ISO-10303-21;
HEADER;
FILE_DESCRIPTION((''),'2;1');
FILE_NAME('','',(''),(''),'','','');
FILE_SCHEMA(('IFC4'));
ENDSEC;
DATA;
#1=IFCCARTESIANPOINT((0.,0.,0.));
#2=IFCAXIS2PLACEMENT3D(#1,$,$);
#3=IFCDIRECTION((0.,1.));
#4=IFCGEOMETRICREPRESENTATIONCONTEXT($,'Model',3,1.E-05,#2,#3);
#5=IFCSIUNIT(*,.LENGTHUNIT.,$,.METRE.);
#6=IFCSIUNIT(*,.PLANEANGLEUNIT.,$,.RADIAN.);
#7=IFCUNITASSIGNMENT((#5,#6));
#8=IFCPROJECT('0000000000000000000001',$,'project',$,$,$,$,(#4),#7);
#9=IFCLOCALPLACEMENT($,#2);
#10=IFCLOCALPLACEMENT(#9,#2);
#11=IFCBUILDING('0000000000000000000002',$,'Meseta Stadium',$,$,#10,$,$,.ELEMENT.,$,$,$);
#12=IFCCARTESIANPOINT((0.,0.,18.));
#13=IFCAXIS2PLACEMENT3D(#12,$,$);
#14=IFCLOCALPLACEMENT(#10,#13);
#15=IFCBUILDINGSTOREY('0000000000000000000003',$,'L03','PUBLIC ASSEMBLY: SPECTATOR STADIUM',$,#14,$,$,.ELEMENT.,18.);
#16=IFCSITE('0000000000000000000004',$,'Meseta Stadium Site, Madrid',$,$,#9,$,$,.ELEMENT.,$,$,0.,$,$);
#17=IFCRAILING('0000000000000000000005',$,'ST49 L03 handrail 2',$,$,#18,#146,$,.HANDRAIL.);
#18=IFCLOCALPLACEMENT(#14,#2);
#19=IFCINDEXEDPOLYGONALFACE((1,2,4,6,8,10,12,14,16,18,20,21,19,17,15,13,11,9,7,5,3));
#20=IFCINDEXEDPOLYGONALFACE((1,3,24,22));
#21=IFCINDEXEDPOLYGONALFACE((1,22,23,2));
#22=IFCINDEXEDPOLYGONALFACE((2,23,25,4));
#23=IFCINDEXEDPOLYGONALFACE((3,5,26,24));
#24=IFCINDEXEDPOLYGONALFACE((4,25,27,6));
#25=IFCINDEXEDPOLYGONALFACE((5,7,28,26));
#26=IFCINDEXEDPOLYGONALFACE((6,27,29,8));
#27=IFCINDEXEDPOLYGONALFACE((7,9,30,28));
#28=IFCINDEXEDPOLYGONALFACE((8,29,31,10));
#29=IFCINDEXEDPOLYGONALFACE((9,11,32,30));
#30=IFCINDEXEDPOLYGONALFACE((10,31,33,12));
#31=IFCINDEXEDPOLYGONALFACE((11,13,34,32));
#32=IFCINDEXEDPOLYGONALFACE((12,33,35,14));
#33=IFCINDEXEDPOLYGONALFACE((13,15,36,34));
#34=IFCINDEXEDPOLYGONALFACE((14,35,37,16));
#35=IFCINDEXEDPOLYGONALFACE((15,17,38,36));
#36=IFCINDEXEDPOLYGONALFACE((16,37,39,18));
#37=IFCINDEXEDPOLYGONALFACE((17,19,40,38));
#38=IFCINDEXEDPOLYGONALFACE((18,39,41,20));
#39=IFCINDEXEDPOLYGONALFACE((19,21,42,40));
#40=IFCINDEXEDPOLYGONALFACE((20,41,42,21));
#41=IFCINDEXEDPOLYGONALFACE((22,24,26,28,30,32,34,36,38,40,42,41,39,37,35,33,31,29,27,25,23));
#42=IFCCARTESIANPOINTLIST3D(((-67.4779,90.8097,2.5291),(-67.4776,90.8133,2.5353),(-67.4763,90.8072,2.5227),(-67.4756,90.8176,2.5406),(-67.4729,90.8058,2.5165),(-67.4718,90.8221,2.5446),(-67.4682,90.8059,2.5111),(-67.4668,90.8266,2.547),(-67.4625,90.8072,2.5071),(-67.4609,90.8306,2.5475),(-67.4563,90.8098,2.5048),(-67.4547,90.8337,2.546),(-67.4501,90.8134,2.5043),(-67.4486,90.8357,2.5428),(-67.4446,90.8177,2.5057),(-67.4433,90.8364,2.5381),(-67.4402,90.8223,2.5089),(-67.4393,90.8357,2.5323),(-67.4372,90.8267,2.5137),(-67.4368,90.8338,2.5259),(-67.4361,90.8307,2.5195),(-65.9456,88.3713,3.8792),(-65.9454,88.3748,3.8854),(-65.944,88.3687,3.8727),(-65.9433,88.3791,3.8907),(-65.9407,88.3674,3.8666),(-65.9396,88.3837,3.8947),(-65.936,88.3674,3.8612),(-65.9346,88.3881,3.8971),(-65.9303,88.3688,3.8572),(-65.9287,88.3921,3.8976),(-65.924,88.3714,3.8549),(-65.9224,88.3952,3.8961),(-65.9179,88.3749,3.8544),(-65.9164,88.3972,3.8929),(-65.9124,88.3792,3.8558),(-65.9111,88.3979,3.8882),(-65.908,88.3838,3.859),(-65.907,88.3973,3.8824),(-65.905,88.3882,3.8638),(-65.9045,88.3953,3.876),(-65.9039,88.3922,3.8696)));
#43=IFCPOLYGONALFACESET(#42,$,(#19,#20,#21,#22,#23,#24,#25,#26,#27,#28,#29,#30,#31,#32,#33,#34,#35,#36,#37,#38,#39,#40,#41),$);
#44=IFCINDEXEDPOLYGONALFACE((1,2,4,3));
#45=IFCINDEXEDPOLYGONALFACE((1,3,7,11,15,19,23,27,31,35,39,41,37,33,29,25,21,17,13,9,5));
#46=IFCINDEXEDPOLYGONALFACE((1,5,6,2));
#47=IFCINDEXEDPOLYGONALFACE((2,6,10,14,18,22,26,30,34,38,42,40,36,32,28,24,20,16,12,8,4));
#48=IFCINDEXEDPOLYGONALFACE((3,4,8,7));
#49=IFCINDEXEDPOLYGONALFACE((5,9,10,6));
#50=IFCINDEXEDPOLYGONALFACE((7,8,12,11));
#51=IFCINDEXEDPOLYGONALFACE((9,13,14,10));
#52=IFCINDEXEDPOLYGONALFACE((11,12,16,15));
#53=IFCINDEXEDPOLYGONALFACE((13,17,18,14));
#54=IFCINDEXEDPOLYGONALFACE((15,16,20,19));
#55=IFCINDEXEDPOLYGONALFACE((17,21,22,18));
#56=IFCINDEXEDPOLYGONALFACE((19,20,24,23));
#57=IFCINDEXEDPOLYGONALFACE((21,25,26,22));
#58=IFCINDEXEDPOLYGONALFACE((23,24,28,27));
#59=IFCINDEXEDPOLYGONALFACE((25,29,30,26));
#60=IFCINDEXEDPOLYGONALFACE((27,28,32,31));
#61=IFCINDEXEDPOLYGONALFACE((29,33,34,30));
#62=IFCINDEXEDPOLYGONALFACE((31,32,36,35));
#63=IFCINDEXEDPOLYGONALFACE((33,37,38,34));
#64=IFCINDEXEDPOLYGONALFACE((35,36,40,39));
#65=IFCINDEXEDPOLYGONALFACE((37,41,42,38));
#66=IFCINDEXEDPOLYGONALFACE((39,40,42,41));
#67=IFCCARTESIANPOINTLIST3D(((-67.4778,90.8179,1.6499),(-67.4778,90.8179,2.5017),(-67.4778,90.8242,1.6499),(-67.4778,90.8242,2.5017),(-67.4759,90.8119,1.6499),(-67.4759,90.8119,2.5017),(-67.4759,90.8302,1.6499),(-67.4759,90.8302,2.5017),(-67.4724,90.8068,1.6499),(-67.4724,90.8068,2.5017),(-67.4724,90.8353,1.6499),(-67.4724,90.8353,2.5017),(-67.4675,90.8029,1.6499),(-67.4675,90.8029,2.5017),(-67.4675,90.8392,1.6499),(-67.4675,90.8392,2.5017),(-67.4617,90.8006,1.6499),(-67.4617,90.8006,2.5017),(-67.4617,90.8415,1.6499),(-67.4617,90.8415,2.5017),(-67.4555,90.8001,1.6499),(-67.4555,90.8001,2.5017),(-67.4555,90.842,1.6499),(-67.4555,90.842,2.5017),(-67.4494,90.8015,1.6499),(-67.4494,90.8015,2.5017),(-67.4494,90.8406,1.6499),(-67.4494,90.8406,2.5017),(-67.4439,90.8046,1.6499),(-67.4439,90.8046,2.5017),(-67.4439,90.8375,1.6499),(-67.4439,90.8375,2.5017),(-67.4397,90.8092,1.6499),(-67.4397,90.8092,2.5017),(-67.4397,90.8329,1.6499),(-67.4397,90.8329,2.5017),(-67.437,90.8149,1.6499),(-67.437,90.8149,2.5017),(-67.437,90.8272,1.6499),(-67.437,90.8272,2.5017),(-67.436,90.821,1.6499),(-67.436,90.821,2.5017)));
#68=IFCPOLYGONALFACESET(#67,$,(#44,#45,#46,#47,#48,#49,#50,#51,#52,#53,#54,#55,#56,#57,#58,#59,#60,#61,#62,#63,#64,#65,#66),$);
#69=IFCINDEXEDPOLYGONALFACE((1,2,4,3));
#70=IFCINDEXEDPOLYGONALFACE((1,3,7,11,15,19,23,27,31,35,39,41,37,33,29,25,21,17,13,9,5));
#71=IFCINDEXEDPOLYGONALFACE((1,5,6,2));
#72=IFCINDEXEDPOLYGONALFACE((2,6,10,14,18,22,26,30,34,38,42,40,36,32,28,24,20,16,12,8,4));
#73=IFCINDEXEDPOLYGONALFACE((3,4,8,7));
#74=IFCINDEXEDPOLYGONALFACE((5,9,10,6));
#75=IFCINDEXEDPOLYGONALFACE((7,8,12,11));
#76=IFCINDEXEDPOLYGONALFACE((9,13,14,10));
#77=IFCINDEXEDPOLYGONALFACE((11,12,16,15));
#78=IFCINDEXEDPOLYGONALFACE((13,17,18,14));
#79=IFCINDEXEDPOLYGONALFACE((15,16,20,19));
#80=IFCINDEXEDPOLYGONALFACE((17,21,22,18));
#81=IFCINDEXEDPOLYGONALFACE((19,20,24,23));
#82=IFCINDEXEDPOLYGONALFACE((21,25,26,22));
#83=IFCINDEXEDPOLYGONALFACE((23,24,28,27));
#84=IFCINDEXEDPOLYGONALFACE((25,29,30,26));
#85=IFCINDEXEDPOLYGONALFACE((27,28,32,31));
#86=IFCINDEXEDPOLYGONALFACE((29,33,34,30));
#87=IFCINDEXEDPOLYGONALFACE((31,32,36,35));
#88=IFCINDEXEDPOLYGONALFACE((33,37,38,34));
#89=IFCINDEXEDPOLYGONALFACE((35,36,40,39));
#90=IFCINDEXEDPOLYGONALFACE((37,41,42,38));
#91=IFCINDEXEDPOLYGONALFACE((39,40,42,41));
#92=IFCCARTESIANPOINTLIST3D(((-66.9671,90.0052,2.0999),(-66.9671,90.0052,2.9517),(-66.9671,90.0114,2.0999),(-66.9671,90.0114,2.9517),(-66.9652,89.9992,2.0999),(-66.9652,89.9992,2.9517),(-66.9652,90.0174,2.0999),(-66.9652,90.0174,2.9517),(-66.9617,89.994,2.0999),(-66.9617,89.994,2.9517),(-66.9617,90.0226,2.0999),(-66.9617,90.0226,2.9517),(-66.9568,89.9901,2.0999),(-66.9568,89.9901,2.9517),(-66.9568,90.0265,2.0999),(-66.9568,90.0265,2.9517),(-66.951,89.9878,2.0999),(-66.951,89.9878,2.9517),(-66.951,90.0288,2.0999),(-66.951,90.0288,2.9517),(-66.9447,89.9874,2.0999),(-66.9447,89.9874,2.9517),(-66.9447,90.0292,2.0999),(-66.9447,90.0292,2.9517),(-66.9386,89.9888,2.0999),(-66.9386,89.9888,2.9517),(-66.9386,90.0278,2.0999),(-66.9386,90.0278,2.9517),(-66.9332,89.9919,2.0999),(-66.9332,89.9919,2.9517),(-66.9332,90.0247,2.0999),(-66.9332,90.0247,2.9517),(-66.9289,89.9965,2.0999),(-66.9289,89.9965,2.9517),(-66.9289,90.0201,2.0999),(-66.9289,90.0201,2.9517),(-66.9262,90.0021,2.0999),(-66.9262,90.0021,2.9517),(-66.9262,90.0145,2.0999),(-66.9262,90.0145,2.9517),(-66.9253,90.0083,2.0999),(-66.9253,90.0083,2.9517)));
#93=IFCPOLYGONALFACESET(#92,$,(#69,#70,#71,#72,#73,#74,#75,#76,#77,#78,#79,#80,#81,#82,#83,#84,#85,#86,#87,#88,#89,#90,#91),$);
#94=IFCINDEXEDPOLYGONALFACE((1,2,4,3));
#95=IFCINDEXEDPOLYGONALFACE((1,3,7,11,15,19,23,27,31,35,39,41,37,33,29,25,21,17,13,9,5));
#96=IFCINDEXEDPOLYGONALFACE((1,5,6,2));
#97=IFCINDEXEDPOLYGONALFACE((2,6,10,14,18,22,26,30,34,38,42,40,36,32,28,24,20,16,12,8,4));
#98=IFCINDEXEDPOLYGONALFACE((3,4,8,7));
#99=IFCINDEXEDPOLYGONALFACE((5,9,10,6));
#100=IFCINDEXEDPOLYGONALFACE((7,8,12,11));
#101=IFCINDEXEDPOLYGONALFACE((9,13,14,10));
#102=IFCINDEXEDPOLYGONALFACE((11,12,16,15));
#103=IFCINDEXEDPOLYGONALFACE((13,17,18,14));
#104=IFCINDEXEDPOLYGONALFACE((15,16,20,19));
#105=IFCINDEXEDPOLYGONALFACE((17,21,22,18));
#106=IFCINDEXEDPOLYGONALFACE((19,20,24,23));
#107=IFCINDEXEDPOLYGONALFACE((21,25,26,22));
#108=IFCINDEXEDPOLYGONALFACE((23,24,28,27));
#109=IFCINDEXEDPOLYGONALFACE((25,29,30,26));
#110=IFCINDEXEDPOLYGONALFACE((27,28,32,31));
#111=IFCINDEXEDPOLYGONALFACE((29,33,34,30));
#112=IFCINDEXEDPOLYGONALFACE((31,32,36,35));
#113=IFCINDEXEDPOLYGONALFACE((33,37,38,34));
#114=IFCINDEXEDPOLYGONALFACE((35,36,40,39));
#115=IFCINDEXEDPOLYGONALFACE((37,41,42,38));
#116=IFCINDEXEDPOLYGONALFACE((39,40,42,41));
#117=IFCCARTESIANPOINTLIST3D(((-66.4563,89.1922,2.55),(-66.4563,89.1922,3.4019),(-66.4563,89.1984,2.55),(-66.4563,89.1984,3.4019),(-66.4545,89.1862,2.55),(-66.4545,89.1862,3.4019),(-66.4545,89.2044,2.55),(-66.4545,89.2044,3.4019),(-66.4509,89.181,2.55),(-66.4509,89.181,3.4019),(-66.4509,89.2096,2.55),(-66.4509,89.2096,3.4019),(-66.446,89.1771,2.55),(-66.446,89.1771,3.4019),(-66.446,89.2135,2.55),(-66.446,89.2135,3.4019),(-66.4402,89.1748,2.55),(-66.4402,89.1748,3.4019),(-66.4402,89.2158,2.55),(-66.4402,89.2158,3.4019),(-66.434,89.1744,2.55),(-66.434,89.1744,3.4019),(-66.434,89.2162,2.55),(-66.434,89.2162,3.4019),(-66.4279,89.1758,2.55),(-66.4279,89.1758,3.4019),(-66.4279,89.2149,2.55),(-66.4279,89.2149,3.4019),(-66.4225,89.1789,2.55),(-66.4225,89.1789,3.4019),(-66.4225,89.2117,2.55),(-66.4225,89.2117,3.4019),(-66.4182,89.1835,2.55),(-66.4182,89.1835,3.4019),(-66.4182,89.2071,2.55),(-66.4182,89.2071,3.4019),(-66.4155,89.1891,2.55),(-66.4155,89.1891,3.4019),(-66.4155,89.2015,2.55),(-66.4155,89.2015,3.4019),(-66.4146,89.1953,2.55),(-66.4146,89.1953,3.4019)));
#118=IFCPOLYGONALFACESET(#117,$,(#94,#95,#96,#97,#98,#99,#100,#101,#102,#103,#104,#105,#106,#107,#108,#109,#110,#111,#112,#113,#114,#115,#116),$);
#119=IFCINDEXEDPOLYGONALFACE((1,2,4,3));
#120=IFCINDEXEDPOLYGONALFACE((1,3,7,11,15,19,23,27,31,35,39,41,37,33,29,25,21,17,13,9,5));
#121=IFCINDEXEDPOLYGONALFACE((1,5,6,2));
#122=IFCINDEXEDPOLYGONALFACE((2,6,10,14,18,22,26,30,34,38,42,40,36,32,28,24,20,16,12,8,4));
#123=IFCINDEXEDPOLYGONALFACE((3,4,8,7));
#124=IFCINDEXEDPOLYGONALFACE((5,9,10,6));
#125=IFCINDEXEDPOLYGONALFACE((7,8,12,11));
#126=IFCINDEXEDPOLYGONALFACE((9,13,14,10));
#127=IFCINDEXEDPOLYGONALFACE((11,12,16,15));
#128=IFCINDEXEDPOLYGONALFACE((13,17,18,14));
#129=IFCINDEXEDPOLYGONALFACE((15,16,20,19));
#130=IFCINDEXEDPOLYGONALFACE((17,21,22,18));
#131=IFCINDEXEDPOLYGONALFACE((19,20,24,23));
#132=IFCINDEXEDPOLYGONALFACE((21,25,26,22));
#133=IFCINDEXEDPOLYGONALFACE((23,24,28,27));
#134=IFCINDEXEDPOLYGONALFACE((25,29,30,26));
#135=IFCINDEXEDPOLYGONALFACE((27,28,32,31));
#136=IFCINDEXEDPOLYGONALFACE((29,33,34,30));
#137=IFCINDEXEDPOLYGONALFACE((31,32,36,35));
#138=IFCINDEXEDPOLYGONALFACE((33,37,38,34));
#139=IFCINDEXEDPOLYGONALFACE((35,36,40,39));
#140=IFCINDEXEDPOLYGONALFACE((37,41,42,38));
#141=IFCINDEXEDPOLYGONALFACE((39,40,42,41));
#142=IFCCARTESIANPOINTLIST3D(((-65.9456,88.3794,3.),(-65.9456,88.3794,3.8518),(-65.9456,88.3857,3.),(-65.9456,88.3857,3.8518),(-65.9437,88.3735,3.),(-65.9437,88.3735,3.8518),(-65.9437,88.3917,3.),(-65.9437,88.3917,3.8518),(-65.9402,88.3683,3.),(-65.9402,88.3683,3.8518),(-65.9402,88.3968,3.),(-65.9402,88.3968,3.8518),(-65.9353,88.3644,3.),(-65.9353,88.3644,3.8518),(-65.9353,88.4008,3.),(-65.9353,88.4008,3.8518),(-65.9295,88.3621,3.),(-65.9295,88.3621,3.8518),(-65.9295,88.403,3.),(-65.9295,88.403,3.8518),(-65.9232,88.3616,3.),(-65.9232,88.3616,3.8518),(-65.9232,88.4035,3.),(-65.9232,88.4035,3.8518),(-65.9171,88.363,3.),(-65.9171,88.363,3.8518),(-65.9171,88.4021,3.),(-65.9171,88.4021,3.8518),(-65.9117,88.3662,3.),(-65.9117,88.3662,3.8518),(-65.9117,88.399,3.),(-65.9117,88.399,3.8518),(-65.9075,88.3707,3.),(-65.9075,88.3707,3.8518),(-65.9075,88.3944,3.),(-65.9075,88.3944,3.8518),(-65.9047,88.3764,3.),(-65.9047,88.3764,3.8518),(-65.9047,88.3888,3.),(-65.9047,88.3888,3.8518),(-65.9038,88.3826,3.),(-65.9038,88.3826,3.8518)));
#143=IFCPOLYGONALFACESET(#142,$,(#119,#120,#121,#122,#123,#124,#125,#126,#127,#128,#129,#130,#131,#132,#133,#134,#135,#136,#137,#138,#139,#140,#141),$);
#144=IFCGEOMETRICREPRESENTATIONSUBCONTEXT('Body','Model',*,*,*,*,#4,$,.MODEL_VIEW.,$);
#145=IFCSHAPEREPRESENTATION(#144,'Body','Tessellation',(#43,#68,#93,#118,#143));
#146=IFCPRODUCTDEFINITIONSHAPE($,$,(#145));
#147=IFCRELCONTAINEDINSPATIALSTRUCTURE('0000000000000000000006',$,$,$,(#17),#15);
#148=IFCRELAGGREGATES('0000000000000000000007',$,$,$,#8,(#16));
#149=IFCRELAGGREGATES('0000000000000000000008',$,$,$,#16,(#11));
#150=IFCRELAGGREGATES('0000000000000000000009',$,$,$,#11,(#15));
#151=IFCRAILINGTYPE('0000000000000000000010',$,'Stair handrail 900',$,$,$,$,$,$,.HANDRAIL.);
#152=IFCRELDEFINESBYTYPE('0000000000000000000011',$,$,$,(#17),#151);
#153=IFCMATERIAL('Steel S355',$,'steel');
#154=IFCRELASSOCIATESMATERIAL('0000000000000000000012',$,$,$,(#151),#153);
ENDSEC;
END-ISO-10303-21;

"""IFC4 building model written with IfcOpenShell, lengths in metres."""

from ifc_helpers import new_model, si_unit, direction, frame, origin, origin_2d, place, context, subcontext, project, spatial, circle, extrude, material, type_object, element, save


model = new_model("IFC4")

# Units and contexts
model_context = context("Model", 3, precision=1e-05, world=origin(), true_north=direction((0.0, 1.0)))
body_context = subcontext(model_context, "Body", "Model", "MODEL_VIEW")
ifc_project = project(units=[si_unit("LENGTHUNIT", "METRE"), si_unit("PLANEANGLEUNIT", "RADIAN")], contexts=[model_context])

# Site, building, storey
site_placement = place(None, origin())
site = spatial("IfcSite", under=ifc_project, at=site_placement, Name="Meseta Stadium Site, Madrid", CompositionType="ELEMENT", RefElevation=0.0)
building_placement = place(site_placement, origin())
building = spatial("IfcBuilding", under=site, at=building_placement, Name="Meseta Stadium", CompositionType="ELEMENT")
storey_placement = place(building_placement, frame((0.0, 0.0, 18.0)))
storey = spatial("IfcBuildingStorey", under=building, at=storey_placement, Name="L03", Description="PUBLIC ASSEMBLY: SPECTATOR STADIUM", CompositionType="ELEMENT", Elevation=18.0)

# Railing
ifc_material_1 = material(Name="Steel S355", Category="steel")
railing_type_1 = type_object("IfcRailingType", Name="Stair handrail 900", PredefinedType="HANDRAIL", material=ifc_material_1)
for number, where, name in (
    (1, (-67.457, 90.821, 1.6499), "ST49 L03 handrail 2"),
):
    element("IfcRailing", number, at=place(storey_placement, frame(where)), inside=storey, type_object=railing_type_1, Name=name, PredefinedType="HANDRAIL", context=body_context, shape_type="SweptSolid", body=[
        extrude(circle(Radius=0.0239, at=origin_2d()), frame((0.0, 0.0, 0.876), z_axis=(0.481731, -0.766655, 0.42447), x_axis=(0.846719, 0.53204, 0.0)), (0.0, 0.0, 1.0), 3.1807),
        extrude(circle(Radius=0.021, at=origin_2d()), origin(), (0.0, 0.0, 1.0), 0.8518),
        extrude(circle(Radius=0.021, at=origin_2d()), frame((0.5107, -0.8127, 0.45)), (0.0, 0.0, 1.0), 0.8518),
        extrude(circle(Radius=0.021, at=origin_2d()), frame((1.0215, -1.6257, 0.9001)), (0.0, 0.0, 1.0), 0.8518),
        extrude(circle(Radius=0.021, at=origin_2d()), frame((1.5322, -2.4385, 1.3501)), (0.0, 0.0, 1.0), 0.8518),
    ])

save(model, "model.ifc")
